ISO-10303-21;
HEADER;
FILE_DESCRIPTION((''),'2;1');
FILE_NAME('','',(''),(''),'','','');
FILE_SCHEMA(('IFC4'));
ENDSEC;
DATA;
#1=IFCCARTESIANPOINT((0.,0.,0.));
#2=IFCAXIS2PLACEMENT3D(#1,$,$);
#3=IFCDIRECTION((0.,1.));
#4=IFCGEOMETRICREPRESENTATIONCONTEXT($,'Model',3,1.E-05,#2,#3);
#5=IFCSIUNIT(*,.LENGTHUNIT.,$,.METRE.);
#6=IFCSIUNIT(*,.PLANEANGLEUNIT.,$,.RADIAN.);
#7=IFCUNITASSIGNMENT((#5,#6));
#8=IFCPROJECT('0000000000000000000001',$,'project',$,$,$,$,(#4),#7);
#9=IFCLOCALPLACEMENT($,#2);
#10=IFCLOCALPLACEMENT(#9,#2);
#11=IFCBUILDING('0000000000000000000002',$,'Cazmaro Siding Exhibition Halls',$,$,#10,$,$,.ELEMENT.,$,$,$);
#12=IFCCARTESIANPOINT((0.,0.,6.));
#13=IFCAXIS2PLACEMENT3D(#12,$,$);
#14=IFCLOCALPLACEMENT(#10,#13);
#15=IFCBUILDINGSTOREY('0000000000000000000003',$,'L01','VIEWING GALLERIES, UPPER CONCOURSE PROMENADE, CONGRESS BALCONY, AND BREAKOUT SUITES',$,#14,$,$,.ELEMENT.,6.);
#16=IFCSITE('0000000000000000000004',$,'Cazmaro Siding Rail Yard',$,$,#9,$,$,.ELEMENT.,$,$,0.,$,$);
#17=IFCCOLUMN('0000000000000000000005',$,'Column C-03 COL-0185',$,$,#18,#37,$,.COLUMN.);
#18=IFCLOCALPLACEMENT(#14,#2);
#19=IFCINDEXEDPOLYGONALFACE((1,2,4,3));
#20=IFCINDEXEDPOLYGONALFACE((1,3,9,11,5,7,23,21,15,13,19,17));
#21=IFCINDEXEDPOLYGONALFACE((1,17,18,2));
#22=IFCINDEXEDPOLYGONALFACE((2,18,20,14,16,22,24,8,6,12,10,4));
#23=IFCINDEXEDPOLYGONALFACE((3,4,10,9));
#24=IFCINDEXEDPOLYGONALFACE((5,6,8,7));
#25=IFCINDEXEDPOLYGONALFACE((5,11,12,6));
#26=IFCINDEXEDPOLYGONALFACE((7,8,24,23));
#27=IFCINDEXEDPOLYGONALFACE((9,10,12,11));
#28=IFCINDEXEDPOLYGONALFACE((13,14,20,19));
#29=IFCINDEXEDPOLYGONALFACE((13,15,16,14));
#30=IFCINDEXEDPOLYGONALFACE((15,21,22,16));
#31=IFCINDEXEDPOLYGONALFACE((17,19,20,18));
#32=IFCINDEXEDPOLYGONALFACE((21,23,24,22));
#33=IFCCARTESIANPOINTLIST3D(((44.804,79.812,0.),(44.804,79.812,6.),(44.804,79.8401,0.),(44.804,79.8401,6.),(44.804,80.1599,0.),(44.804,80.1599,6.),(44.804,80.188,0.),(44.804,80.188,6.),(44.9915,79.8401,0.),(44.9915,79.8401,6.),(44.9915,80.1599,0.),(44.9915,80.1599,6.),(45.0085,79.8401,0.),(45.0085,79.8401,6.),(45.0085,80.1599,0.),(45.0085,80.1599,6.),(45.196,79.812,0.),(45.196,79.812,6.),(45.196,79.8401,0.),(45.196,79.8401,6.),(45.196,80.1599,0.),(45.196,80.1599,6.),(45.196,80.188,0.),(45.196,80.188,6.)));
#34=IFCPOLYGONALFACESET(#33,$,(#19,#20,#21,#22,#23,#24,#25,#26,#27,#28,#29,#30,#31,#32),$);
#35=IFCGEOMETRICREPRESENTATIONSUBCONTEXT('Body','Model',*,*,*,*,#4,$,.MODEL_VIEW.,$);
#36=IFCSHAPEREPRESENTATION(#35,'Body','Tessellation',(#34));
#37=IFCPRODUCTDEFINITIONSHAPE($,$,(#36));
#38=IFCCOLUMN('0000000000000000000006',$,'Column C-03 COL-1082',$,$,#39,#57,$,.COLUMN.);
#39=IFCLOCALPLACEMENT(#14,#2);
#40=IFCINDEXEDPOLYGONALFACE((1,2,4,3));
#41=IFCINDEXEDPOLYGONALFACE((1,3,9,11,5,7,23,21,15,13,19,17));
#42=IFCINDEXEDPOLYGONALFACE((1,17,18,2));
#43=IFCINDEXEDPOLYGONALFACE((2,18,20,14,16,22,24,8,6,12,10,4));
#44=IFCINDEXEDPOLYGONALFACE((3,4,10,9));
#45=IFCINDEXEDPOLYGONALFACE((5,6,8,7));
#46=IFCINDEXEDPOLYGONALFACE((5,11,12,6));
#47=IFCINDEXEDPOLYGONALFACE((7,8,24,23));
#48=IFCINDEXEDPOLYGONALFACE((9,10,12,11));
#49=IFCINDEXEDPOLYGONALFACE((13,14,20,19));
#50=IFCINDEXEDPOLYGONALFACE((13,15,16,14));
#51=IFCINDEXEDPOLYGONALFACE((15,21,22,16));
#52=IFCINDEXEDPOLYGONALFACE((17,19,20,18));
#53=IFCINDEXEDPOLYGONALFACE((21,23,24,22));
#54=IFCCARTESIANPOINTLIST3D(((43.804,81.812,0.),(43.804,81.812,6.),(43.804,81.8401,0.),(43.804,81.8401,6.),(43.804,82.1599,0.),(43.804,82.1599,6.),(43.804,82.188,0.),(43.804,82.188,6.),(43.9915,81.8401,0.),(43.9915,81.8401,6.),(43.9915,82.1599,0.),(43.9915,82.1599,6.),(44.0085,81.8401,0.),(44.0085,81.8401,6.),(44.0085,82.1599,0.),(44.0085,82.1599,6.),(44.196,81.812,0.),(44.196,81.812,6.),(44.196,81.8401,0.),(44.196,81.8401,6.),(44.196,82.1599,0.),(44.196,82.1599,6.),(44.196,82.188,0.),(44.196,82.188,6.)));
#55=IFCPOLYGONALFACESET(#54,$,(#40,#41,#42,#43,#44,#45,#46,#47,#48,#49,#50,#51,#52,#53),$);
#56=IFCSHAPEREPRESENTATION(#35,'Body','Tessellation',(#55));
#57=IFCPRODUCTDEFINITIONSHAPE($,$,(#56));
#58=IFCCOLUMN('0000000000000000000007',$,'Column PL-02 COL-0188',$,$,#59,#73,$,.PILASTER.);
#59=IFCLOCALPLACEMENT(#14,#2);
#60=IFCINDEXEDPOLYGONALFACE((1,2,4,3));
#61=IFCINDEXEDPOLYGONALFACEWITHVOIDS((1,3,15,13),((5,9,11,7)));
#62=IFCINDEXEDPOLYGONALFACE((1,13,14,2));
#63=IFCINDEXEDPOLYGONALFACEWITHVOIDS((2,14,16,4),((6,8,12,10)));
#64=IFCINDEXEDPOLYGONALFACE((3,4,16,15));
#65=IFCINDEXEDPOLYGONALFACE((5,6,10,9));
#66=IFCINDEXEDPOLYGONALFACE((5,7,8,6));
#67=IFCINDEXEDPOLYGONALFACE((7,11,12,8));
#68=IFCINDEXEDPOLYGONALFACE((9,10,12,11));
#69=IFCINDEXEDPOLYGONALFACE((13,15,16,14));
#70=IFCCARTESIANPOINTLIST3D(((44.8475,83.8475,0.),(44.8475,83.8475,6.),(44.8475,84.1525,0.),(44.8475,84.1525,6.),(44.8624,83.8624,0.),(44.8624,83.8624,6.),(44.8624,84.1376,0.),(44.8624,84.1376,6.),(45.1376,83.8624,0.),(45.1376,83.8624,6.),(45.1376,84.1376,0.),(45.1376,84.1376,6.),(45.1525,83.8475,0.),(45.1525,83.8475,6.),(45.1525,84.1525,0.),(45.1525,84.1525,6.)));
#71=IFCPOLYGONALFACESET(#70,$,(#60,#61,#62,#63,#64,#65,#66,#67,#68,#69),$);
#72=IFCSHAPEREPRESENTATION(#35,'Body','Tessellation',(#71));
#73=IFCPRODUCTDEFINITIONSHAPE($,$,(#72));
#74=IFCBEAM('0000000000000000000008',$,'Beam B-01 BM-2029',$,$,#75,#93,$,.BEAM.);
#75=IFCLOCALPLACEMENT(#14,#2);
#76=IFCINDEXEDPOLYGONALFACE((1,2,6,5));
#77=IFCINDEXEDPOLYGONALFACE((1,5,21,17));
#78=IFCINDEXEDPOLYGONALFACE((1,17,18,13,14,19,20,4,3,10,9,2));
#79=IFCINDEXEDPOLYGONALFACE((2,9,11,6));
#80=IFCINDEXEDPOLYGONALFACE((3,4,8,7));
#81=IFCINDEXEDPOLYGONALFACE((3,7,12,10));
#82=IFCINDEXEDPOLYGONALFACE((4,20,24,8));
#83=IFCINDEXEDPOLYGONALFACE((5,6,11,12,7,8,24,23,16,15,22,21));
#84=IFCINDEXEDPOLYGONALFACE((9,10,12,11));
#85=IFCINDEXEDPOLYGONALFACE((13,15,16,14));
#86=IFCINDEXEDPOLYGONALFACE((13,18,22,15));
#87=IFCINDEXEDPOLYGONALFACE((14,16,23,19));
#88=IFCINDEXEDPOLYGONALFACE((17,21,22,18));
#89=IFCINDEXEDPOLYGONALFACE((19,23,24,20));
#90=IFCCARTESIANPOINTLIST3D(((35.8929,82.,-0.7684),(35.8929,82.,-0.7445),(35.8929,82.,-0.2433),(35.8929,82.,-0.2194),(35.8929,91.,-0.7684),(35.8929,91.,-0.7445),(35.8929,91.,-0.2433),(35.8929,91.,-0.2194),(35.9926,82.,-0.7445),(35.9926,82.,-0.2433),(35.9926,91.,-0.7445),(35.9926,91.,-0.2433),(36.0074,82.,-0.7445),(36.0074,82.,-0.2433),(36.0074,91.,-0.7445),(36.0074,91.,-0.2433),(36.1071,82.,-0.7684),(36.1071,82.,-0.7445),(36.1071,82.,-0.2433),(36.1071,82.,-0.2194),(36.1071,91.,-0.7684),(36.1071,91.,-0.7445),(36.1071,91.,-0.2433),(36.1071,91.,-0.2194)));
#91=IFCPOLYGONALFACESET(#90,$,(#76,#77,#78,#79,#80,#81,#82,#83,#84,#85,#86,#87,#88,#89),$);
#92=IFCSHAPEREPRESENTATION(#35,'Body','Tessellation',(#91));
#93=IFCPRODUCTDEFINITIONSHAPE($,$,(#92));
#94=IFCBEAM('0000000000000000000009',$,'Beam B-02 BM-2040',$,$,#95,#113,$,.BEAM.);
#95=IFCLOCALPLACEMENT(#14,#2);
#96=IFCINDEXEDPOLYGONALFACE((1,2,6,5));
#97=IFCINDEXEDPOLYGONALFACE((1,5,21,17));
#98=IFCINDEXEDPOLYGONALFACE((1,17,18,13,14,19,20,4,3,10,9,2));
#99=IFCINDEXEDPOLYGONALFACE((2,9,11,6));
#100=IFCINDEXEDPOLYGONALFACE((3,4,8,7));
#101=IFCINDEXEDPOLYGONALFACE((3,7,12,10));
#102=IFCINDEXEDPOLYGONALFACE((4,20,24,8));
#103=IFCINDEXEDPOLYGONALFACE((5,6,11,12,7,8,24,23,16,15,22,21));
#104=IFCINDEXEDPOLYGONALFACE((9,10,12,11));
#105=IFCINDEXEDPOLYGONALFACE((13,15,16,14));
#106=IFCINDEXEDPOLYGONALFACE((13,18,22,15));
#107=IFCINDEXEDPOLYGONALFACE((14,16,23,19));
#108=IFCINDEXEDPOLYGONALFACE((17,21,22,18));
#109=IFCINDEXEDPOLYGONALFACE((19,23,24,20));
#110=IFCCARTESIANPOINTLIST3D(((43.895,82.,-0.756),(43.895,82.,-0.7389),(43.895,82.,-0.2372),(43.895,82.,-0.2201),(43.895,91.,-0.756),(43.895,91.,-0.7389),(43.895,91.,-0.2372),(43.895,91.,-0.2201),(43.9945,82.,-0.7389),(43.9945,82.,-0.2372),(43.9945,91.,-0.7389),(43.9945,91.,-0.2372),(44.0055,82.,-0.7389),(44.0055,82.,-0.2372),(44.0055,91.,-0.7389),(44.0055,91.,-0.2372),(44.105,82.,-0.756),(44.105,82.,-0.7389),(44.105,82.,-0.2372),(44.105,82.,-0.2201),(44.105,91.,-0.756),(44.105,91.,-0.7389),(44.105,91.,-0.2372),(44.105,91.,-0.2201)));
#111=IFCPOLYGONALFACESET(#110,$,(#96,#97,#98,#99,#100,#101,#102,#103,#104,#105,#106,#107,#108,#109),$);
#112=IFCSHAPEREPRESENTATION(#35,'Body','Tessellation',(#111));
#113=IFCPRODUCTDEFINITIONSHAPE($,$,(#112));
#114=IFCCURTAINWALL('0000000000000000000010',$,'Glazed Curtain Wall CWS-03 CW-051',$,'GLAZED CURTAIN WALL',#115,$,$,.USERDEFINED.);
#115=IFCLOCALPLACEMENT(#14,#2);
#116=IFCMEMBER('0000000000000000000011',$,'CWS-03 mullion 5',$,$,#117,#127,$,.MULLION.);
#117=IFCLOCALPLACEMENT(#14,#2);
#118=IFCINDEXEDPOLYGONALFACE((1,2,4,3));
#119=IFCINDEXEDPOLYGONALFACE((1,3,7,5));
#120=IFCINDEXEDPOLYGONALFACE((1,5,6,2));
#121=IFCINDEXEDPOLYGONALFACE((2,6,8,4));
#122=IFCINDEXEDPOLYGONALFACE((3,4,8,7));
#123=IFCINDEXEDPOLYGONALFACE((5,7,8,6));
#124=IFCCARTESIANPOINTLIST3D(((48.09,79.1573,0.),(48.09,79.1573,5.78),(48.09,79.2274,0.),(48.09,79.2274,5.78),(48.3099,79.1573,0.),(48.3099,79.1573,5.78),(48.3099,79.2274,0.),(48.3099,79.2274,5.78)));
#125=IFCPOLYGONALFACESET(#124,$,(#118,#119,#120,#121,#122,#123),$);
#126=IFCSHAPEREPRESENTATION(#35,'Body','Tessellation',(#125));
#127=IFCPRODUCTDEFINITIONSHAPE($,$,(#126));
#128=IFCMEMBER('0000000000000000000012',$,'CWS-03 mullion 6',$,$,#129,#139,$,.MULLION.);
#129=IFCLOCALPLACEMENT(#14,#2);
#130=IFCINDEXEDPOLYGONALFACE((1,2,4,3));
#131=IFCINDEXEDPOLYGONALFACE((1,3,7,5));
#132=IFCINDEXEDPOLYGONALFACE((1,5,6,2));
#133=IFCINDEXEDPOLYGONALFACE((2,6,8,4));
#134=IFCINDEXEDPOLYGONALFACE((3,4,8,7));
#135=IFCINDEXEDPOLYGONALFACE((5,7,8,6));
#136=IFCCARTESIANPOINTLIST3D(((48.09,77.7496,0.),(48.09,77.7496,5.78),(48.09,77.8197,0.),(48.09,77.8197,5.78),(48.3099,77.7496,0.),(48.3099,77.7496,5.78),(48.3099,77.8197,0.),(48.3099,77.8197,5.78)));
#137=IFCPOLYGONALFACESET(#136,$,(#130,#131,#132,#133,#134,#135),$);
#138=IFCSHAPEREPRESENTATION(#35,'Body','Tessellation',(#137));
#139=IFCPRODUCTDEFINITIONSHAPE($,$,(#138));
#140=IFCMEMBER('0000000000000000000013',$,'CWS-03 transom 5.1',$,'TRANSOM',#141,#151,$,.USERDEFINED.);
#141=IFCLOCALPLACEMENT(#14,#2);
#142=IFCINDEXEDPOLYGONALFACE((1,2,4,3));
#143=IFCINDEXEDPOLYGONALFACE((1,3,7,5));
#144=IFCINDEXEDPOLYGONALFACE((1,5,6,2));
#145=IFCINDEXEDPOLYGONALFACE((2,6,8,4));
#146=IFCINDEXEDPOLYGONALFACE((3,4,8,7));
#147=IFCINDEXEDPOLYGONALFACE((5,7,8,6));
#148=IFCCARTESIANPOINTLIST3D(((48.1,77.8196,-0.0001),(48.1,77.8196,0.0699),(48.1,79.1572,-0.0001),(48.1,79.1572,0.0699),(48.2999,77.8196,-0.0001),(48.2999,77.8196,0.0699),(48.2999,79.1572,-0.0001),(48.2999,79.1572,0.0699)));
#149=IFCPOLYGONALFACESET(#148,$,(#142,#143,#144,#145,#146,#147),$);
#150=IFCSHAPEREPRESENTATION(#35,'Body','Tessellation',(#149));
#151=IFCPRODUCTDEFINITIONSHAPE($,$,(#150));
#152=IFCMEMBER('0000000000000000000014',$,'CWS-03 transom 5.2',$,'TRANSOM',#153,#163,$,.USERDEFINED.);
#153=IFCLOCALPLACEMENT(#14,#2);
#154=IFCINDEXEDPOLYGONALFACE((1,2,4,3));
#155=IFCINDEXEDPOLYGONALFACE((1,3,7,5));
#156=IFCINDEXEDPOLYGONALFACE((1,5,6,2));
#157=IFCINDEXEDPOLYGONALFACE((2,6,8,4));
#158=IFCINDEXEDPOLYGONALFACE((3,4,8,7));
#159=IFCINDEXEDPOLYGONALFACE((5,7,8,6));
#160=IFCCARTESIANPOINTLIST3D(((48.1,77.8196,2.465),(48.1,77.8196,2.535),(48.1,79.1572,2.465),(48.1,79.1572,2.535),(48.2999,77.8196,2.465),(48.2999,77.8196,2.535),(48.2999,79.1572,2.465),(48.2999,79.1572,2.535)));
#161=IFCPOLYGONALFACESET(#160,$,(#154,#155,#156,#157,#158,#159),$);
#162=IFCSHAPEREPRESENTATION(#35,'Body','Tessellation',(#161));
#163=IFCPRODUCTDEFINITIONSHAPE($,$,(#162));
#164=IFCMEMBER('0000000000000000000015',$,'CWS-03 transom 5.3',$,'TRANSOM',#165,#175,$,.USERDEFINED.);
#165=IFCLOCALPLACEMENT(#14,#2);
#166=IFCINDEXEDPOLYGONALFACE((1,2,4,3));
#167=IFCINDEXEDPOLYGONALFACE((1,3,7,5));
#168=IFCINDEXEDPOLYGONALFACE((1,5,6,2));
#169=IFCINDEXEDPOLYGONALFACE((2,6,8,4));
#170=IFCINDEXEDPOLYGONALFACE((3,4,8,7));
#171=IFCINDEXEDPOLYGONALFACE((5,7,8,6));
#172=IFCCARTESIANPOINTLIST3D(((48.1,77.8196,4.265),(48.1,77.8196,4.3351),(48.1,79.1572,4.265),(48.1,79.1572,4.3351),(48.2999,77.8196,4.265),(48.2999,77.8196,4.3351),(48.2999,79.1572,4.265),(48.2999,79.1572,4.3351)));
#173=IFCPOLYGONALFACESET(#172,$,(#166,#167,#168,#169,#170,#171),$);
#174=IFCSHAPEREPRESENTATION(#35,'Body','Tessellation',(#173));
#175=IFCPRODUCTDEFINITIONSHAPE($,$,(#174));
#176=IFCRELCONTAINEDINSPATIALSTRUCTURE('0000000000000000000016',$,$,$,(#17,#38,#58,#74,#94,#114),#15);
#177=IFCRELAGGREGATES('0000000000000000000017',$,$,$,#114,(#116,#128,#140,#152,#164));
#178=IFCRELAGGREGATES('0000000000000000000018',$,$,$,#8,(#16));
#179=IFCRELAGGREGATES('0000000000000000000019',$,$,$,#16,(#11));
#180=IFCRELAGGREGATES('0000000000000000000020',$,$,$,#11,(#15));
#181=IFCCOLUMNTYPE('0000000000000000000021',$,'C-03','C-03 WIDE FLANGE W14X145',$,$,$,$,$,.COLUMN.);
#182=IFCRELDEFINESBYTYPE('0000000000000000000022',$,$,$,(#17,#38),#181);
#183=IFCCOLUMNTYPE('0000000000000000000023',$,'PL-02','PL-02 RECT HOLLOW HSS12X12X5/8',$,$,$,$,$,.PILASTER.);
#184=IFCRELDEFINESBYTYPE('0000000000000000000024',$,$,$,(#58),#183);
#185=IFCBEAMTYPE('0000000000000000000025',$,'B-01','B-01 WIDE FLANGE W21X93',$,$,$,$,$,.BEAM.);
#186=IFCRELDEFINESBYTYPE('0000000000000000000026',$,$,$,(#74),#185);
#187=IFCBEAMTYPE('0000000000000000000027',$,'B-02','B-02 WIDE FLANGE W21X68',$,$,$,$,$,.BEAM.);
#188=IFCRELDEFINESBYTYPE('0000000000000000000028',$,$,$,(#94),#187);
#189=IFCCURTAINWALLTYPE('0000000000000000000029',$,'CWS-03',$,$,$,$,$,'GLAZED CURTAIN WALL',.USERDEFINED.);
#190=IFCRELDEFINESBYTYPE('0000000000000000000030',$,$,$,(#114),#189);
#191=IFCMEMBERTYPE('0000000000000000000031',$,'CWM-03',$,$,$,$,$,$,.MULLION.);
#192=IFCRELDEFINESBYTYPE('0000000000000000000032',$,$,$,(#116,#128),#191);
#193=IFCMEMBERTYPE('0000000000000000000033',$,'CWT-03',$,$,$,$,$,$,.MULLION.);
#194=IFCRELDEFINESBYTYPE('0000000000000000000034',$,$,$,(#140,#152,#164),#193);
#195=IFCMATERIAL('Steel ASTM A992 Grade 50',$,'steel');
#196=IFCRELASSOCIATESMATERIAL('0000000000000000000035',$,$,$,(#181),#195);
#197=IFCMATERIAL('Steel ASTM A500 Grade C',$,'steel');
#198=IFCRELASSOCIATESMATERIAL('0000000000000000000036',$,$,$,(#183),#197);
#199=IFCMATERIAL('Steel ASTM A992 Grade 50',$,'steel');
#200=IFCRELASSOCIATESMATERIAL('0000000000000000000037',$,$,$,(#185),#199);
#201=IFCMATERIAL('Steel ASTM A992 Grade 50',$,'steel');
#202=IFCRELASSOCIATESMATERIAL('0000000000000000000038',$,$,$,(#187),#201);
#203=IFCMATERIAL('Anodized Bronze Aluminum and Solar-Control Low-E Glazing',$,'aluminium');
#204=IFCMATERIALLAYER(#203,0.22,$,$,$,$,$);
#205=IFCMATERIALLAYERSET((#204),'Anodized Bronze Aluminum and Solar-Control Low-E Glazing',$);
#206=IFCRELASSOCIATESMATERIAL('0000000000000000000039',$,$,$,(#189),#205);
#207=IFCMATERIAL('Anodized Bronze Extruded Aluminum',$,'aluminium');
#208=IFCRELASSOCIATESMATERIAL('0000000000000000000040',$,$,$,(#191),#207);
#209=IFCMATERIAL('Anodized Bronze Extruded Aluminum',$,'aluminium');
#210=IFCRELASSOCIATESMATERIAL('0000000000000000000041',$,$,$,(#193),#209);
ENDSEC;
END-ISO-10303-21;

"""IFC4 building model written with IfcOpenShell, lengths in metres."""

from ifc_helpers import new_model, si_unit, direction, frame, origin, origin_2d, place, context, subcontext, project, spatial, rectangle, hollow_rectangle, i_section, extrude, material, layer, layer_set, material_profile, profile_set, type_object, element, aggregate, save


model = new_model("IFC4")

# Units and contexts
model_context = context("Model", 3, precision=1e-05, world=origin(), true_north=direction((0.0, 1.0)))
body_context = subcontext(model_context, "Body", "Model", "MODEL_VIEW")
ifc_project = project(units=[si_unit("LENGTHUNIT", "METRE"), si_unit("PLANEANGLEUNIT", "RADIAN")], contexts=[model_context])

# Site, building, storey
site_placement = place(None, origin())
site = spatial("IfcSite", under=ifc_project, at=site_placement, Name="Cazmaro Siding Rail Yard", CompositionType="ELEMENT", RefElevation=0.0)
building_placement = place(site_placement, origin())
building = spatial("IfcBuilding", under=site, at=building_placement, Name="Cazmaro Siding Exhibition Halls", CompositionType="ELEMENT")
storey_placement = place(building_placement, frame((0.0, 0.0, 6.0)))
storey = spatial("IfcBuildingStorey", under=building, at=storey_placement, Name="L01", Description="VIEWING GALLERIES, UPPER CONCOURSE PROMENADE, CONGRESS BALCONY, AND BREAKOUT SUITES", CompositionType="ELEMENT", Elevation=6.0)

# Columns
ifc_material_1 = material(Name="Steel ASTM A992 Grade 50", Category="steel")
ifc_material_profile_1 = material_profile(ifc_material_1, i_section(OverallWidth=0.3921, OverallDepth=0.376, WebThickness=0.0171, FlangeThickness=0.0281, at=origin_2d()), Name="W14X145")
ifc_profile_set_1 = profile_set([ifc_material_profile_1], Name="Steel ASTM A992 Grade 50")
column_type_1 = type_object("IfcColumnType", Name="C-03", Description="C-03 WIDE FLANGE W14X145", PredefinedType="COLUMN", material=ifc_profile_set_1)
for number, where, z_axis, x_axis, name in (
    (1, (45.0, 80.0, 0.0), (0.0, 0.0, 1.0), (1.0, 0.0, 0.0), "Column C-03 COL-0185"),
    (2, (44.0, 82.0, 0.0), (0.0, 0.0, 1.0), (1.0, 0.0, 0.0), "Column C-03 COL-1082"),
):
    element("IfcColumn", number, at=place(storey_placement, frame(where, z_axis=z_axis, x_axis=x_axis)), inside=storey, type_object=column_type_1, Name=name, PredefinedType="COLUMN", context=body_context, shape_type="SweptSolid", body=[
        extrude(i_section(OverallWidth=0.3921, OverallDepth=0.376, WebThickness=0.0171, FlangeThickness=0.0281, at=origin_2d()), origin(), (0.0, 0.0, 1.0), 6.0),
    ])
ifc_material_2 = material(Name="Steel ASTM A500 Grade C", Category="steel")
ifc_material_profile_2 = material_profile(ifc_material_2, hollow_rectangle(XDim=0.3049, YDim=0.3049, WallThickness=0.0149, at=origin_2d()), Name="HSS12X12X5/8")
ifc_profile_set_2 = profile_set([ifc_material_profile_2], Name="Steel ASTM A500 Grade C")
column_type_2 = type_object("IfcColumnType", Name="PL-02", Description="PL-02 RECT HOLLOW HSS12X12X5/8", PredefinedType="PILASTER", material=ifc_profile_set_2)
column_placement = place(storey_placement, frame((45.0, 84.0, 0.0), z_axis=(0.0, 0.0, 1.0), x_axis=(1.0, 0.0, 0.0)))
element("IfcColumn", 3, at=column_placement, inside=storey, type_object=column_type_2, Name="Column PL-02 COL-0188", PredefinedType="PILASTER", context=body_context, shape_type="SweptSolid", body=[
    extrude(hollow_rectangle(XDim=0.3049, YDim=0.3049, WallThickness=0.0149, at=origin_2d()), origin(), (0.0, 0.0, 1.0), 6.0),
])

# Beams
ifc_material_3 = material(Name="Steel ASTM A992 Grade 50", Category="steel")
ifc_material_profile_3 = material_profile(ifc_material_3, i_section(OverallWidth=0.2141, OverallDepth=0.5491, WebThickness=0.0149, FlangeThickness=0.0239, at=origin_2d()), Name="W21X93")
ifc_profile_set_3 = profile_set([ifc_material_profile_3], Name="Steel ASTM A992 Grade 50")
beam_type_1 = type_object("IfcBeamType", Name="B-01", Description="B-01 WIDE FLANGE W21X93", PredefinedType="BEAM", material=ifc_profile_set_3)
beam_1_placement = place(storey_placement, frame((36.0, 82.0, -0.4939), z_axis=(0.0, 1.0, 0.0), x_axis=(-1.0, 0.0, 0.0)))
element("IfcBeam", 4, at=beam_1_placement, inside=storey, type_object=beam_type_1, Name="Beam B-01 BM-2029", PredefinedType="BEAM", context=body_context, shape_type="SweptSolid", body=[
    extrude(i_section(OverallWidth=0.2141, OverallDepth=0.5491, WebThickness=0.0149, FlangeThickness=0.0239, at=origin_2d()), origin(), (0.0, 0.0, 1.0), 9.0),
])
ifc_material_4 = material(Name="Steel ASTM A992 Grade 50", Category="steel")
ifc_material_profile_4 = material_profile(ifc_material_4, i_section(OverallWidth=0.21, OverallDepth=0.5359, WebThickness=0.011, FlangeThickness=0.0171, at=origin_2d()), Name="W21X68")
ifc_profile_set_4 = profile_set([ifc_material_profile_4], Name="Steel ASTM A992 Grade 50")
beam_type_2 = type_object("IfcBeamType", Name="B-02", Description="B-02 WIDE FLANGE W21X68", PredefinedType="BEAM", material=ifc_profile_set_4)
beam_2_placement = place(storey_placement, frame((44.0, 82.0, -0.488), z_axis=(0.0, 1.0, 0.0), x_axis=(-1.0, 0.0, 0.0)))
element("IfcBeam", 5, at=beam_2_placement, inside=storey, type_object=beam_type_2, Name="Beam B-02 BM-2040", PredefinedType="BEAM", context=body_context, shape_type="SweptSolid", body=[
    extrude(i_section(OverallWidth=0.21, OverallDepth=0.5359, WebThickness=0.011, FlangeThickness=0.0171, at=origin_2d()), origin(), (0.0, 0.0, 1.0), 9.0),
])

# Curtain wall, members
ifc_material_5 = material(Name="Anodized Bronze Aluminum and Solar-Control Low-E Glazing", Category="aluminium")
ifc_layer_1 = layer(ifc_material_5, 0.22)
ifc_layer_set_1 = layer_set([ifc_layer_1], Name="Anodized Bronze Aluminum and Solar-Control Low-E Glazing")
curtain_wall_type = type_object("IfcCurtainWallType", Name="CWS-03", ElementType="GLAZED CURTAIN WALL", PredefinedType="USERDEFINED", material=ifc_layer_set_1)
curtain_wall_placement = place(storey_placement, origin())
curtain_wall = element("IfcCurtainWall", 6, at=curtain_wall_placement, inside=storey, type_object=curtain_wall_type, Name="Glazed Curtain Wall CWS-03 CW-051", ObjectType="GLAZED CURTAIN WALL", PredefinedType="USERDEFINED")
ifc_material_6 = material(Name="Anodized Bronze Extruded Aluminum", Category="aluminium")
ifc_material_profile_5 = material_profile(ifc_material_6, rectangle(XDim=0.22, YDim=0.0701, at=origin_2d()), Name="CWM-03")
ifc_profile_set_5 = profile_set([ifc_material_profile_5], Name="Anodized Bronze Extruded Aluminum")
member_type_1 = type_object("IfcMemberType", Name="CWM-03", PredefinedType="MULLION", material=ifc_profile_set_5)
member_1_placement = place(storey_placement, frame((48.2, 79.1924, 0.0), z_axis=(0.0, 0.0, 1.0), x_axis=(1.0, 0.0, 0.0)))
member_1 = element("IfcMember", 7, at=member_1_placement, type_object=member_type_1, Name="CWS-03 mullion 5", PredefinedType="MULLION", context=body_context, shape_type="SweptSolid", body=[
    extrude(rectangle(XDim=0.22, YDim=0.0701, at=origin_2d()), origin(), (0.0, 0.0, 1.0), 5.78),
])
member_2_placement = place(storey_placement, frame((48.2, 77.7847, 0.0), z_axis=(0.0, 0.0, 1.0), x_axis=(1.0, 0.0, 0.0)))
member_2 = element("IfcMember", 8, at=member_2_placement, type_object=member_type_1, Name="CWS-03 mullion 6", PredefinedType="MULLION", context=body_context, shape_type="SweptSolid", body=[
    extrude(rectangle(XDim=0.22, YDim=0.0701, at=origin_2d()), origin(), (0.0, 0.0, 1.0), 5.78),
])
ifc_material_7 = material(Name="Anodized Bronze Extruded Aluminum", Category="aluminium")
ifc_material_profile_6 = material_profile(ifc_material_7, rectangle(XDim=0.2, YDim=0.0701, at=origin_2d()), Name="CWT-03")
ifc_profile_set_6 = profile_set([ifc_material_profile_6], Name="Anodized Bronze Extruded Aluminum")
member_type_2 = type_object("IfcMemberType", Name="CWT-03", PredefinedType="MULLION", material=ifc_profile_set_6)
member_3_placement = place(storey_placement, frame((48.2, 79.1572, 0.0349), z_axis=(0.0, -1.0, 0.0), x_axis=(1.0, 0.0, 0.0)))
member_3 = element("IfcMember", 9, at=member_3_placement, type_object=member_type_2, Name="CWS-03 transom 5.1", ObjectType="TRANSOM", PredefinedType="USERDEFINED", context=body_context, shape_type="SweptSolid", body=[
    extrude(rectangle(XDim=0.2, YDim=0.0701, at=origin_2d()), origin(), (0.0, 0.0, 1.0), 1.3376),
])
member_4_placement = place(storey_placement, frame((48.2, 79.1572, 2.5), z_axis=(0.0, -1.0, 0.0), x_axis=(1.0, 0.0, 0.0)))
member_4 = element("IfcMember", 10, at=member_4_placement, type_object=member_type_2, Name="CWS-03 transom 5.2", ObjectType="TRANSOM", PredefinedType="USERDEFINED", context=body_context, shape_type="SweptSolid", body=[
    extrude(rectangle(XDim=0.2, YDim=0.0701, at=origin_2d()), origin(), (0.0, 0.0, 1.0), 1.3376),
])
member_5_placement = place(storey_placement, frame((48.2, 79.1572, 4.3), z_axis=(0.0, -1.0, 0.0), x_axis=(1.0, 0.0, 0.0)))
member_5 = element("IfcMember", 11, at=member_5_placement, type_object=member_type_2, Name="CWS-03 transom 5.3", ObjectType="TRANSOM", PredefinedType="USERDEFINED", context=body_context, shape_type="SweptSolid", body=[
    extrude(rectangle(XDim=0.2, YDim=0.0701, at=origin_2d()), origin(), (0.0, 0.0, 1.0), 1.3376),
])

aggregate(curtain_wall, [member_1, member_2, member_3, member_4, member_5])

save(model, "model.ifc")
